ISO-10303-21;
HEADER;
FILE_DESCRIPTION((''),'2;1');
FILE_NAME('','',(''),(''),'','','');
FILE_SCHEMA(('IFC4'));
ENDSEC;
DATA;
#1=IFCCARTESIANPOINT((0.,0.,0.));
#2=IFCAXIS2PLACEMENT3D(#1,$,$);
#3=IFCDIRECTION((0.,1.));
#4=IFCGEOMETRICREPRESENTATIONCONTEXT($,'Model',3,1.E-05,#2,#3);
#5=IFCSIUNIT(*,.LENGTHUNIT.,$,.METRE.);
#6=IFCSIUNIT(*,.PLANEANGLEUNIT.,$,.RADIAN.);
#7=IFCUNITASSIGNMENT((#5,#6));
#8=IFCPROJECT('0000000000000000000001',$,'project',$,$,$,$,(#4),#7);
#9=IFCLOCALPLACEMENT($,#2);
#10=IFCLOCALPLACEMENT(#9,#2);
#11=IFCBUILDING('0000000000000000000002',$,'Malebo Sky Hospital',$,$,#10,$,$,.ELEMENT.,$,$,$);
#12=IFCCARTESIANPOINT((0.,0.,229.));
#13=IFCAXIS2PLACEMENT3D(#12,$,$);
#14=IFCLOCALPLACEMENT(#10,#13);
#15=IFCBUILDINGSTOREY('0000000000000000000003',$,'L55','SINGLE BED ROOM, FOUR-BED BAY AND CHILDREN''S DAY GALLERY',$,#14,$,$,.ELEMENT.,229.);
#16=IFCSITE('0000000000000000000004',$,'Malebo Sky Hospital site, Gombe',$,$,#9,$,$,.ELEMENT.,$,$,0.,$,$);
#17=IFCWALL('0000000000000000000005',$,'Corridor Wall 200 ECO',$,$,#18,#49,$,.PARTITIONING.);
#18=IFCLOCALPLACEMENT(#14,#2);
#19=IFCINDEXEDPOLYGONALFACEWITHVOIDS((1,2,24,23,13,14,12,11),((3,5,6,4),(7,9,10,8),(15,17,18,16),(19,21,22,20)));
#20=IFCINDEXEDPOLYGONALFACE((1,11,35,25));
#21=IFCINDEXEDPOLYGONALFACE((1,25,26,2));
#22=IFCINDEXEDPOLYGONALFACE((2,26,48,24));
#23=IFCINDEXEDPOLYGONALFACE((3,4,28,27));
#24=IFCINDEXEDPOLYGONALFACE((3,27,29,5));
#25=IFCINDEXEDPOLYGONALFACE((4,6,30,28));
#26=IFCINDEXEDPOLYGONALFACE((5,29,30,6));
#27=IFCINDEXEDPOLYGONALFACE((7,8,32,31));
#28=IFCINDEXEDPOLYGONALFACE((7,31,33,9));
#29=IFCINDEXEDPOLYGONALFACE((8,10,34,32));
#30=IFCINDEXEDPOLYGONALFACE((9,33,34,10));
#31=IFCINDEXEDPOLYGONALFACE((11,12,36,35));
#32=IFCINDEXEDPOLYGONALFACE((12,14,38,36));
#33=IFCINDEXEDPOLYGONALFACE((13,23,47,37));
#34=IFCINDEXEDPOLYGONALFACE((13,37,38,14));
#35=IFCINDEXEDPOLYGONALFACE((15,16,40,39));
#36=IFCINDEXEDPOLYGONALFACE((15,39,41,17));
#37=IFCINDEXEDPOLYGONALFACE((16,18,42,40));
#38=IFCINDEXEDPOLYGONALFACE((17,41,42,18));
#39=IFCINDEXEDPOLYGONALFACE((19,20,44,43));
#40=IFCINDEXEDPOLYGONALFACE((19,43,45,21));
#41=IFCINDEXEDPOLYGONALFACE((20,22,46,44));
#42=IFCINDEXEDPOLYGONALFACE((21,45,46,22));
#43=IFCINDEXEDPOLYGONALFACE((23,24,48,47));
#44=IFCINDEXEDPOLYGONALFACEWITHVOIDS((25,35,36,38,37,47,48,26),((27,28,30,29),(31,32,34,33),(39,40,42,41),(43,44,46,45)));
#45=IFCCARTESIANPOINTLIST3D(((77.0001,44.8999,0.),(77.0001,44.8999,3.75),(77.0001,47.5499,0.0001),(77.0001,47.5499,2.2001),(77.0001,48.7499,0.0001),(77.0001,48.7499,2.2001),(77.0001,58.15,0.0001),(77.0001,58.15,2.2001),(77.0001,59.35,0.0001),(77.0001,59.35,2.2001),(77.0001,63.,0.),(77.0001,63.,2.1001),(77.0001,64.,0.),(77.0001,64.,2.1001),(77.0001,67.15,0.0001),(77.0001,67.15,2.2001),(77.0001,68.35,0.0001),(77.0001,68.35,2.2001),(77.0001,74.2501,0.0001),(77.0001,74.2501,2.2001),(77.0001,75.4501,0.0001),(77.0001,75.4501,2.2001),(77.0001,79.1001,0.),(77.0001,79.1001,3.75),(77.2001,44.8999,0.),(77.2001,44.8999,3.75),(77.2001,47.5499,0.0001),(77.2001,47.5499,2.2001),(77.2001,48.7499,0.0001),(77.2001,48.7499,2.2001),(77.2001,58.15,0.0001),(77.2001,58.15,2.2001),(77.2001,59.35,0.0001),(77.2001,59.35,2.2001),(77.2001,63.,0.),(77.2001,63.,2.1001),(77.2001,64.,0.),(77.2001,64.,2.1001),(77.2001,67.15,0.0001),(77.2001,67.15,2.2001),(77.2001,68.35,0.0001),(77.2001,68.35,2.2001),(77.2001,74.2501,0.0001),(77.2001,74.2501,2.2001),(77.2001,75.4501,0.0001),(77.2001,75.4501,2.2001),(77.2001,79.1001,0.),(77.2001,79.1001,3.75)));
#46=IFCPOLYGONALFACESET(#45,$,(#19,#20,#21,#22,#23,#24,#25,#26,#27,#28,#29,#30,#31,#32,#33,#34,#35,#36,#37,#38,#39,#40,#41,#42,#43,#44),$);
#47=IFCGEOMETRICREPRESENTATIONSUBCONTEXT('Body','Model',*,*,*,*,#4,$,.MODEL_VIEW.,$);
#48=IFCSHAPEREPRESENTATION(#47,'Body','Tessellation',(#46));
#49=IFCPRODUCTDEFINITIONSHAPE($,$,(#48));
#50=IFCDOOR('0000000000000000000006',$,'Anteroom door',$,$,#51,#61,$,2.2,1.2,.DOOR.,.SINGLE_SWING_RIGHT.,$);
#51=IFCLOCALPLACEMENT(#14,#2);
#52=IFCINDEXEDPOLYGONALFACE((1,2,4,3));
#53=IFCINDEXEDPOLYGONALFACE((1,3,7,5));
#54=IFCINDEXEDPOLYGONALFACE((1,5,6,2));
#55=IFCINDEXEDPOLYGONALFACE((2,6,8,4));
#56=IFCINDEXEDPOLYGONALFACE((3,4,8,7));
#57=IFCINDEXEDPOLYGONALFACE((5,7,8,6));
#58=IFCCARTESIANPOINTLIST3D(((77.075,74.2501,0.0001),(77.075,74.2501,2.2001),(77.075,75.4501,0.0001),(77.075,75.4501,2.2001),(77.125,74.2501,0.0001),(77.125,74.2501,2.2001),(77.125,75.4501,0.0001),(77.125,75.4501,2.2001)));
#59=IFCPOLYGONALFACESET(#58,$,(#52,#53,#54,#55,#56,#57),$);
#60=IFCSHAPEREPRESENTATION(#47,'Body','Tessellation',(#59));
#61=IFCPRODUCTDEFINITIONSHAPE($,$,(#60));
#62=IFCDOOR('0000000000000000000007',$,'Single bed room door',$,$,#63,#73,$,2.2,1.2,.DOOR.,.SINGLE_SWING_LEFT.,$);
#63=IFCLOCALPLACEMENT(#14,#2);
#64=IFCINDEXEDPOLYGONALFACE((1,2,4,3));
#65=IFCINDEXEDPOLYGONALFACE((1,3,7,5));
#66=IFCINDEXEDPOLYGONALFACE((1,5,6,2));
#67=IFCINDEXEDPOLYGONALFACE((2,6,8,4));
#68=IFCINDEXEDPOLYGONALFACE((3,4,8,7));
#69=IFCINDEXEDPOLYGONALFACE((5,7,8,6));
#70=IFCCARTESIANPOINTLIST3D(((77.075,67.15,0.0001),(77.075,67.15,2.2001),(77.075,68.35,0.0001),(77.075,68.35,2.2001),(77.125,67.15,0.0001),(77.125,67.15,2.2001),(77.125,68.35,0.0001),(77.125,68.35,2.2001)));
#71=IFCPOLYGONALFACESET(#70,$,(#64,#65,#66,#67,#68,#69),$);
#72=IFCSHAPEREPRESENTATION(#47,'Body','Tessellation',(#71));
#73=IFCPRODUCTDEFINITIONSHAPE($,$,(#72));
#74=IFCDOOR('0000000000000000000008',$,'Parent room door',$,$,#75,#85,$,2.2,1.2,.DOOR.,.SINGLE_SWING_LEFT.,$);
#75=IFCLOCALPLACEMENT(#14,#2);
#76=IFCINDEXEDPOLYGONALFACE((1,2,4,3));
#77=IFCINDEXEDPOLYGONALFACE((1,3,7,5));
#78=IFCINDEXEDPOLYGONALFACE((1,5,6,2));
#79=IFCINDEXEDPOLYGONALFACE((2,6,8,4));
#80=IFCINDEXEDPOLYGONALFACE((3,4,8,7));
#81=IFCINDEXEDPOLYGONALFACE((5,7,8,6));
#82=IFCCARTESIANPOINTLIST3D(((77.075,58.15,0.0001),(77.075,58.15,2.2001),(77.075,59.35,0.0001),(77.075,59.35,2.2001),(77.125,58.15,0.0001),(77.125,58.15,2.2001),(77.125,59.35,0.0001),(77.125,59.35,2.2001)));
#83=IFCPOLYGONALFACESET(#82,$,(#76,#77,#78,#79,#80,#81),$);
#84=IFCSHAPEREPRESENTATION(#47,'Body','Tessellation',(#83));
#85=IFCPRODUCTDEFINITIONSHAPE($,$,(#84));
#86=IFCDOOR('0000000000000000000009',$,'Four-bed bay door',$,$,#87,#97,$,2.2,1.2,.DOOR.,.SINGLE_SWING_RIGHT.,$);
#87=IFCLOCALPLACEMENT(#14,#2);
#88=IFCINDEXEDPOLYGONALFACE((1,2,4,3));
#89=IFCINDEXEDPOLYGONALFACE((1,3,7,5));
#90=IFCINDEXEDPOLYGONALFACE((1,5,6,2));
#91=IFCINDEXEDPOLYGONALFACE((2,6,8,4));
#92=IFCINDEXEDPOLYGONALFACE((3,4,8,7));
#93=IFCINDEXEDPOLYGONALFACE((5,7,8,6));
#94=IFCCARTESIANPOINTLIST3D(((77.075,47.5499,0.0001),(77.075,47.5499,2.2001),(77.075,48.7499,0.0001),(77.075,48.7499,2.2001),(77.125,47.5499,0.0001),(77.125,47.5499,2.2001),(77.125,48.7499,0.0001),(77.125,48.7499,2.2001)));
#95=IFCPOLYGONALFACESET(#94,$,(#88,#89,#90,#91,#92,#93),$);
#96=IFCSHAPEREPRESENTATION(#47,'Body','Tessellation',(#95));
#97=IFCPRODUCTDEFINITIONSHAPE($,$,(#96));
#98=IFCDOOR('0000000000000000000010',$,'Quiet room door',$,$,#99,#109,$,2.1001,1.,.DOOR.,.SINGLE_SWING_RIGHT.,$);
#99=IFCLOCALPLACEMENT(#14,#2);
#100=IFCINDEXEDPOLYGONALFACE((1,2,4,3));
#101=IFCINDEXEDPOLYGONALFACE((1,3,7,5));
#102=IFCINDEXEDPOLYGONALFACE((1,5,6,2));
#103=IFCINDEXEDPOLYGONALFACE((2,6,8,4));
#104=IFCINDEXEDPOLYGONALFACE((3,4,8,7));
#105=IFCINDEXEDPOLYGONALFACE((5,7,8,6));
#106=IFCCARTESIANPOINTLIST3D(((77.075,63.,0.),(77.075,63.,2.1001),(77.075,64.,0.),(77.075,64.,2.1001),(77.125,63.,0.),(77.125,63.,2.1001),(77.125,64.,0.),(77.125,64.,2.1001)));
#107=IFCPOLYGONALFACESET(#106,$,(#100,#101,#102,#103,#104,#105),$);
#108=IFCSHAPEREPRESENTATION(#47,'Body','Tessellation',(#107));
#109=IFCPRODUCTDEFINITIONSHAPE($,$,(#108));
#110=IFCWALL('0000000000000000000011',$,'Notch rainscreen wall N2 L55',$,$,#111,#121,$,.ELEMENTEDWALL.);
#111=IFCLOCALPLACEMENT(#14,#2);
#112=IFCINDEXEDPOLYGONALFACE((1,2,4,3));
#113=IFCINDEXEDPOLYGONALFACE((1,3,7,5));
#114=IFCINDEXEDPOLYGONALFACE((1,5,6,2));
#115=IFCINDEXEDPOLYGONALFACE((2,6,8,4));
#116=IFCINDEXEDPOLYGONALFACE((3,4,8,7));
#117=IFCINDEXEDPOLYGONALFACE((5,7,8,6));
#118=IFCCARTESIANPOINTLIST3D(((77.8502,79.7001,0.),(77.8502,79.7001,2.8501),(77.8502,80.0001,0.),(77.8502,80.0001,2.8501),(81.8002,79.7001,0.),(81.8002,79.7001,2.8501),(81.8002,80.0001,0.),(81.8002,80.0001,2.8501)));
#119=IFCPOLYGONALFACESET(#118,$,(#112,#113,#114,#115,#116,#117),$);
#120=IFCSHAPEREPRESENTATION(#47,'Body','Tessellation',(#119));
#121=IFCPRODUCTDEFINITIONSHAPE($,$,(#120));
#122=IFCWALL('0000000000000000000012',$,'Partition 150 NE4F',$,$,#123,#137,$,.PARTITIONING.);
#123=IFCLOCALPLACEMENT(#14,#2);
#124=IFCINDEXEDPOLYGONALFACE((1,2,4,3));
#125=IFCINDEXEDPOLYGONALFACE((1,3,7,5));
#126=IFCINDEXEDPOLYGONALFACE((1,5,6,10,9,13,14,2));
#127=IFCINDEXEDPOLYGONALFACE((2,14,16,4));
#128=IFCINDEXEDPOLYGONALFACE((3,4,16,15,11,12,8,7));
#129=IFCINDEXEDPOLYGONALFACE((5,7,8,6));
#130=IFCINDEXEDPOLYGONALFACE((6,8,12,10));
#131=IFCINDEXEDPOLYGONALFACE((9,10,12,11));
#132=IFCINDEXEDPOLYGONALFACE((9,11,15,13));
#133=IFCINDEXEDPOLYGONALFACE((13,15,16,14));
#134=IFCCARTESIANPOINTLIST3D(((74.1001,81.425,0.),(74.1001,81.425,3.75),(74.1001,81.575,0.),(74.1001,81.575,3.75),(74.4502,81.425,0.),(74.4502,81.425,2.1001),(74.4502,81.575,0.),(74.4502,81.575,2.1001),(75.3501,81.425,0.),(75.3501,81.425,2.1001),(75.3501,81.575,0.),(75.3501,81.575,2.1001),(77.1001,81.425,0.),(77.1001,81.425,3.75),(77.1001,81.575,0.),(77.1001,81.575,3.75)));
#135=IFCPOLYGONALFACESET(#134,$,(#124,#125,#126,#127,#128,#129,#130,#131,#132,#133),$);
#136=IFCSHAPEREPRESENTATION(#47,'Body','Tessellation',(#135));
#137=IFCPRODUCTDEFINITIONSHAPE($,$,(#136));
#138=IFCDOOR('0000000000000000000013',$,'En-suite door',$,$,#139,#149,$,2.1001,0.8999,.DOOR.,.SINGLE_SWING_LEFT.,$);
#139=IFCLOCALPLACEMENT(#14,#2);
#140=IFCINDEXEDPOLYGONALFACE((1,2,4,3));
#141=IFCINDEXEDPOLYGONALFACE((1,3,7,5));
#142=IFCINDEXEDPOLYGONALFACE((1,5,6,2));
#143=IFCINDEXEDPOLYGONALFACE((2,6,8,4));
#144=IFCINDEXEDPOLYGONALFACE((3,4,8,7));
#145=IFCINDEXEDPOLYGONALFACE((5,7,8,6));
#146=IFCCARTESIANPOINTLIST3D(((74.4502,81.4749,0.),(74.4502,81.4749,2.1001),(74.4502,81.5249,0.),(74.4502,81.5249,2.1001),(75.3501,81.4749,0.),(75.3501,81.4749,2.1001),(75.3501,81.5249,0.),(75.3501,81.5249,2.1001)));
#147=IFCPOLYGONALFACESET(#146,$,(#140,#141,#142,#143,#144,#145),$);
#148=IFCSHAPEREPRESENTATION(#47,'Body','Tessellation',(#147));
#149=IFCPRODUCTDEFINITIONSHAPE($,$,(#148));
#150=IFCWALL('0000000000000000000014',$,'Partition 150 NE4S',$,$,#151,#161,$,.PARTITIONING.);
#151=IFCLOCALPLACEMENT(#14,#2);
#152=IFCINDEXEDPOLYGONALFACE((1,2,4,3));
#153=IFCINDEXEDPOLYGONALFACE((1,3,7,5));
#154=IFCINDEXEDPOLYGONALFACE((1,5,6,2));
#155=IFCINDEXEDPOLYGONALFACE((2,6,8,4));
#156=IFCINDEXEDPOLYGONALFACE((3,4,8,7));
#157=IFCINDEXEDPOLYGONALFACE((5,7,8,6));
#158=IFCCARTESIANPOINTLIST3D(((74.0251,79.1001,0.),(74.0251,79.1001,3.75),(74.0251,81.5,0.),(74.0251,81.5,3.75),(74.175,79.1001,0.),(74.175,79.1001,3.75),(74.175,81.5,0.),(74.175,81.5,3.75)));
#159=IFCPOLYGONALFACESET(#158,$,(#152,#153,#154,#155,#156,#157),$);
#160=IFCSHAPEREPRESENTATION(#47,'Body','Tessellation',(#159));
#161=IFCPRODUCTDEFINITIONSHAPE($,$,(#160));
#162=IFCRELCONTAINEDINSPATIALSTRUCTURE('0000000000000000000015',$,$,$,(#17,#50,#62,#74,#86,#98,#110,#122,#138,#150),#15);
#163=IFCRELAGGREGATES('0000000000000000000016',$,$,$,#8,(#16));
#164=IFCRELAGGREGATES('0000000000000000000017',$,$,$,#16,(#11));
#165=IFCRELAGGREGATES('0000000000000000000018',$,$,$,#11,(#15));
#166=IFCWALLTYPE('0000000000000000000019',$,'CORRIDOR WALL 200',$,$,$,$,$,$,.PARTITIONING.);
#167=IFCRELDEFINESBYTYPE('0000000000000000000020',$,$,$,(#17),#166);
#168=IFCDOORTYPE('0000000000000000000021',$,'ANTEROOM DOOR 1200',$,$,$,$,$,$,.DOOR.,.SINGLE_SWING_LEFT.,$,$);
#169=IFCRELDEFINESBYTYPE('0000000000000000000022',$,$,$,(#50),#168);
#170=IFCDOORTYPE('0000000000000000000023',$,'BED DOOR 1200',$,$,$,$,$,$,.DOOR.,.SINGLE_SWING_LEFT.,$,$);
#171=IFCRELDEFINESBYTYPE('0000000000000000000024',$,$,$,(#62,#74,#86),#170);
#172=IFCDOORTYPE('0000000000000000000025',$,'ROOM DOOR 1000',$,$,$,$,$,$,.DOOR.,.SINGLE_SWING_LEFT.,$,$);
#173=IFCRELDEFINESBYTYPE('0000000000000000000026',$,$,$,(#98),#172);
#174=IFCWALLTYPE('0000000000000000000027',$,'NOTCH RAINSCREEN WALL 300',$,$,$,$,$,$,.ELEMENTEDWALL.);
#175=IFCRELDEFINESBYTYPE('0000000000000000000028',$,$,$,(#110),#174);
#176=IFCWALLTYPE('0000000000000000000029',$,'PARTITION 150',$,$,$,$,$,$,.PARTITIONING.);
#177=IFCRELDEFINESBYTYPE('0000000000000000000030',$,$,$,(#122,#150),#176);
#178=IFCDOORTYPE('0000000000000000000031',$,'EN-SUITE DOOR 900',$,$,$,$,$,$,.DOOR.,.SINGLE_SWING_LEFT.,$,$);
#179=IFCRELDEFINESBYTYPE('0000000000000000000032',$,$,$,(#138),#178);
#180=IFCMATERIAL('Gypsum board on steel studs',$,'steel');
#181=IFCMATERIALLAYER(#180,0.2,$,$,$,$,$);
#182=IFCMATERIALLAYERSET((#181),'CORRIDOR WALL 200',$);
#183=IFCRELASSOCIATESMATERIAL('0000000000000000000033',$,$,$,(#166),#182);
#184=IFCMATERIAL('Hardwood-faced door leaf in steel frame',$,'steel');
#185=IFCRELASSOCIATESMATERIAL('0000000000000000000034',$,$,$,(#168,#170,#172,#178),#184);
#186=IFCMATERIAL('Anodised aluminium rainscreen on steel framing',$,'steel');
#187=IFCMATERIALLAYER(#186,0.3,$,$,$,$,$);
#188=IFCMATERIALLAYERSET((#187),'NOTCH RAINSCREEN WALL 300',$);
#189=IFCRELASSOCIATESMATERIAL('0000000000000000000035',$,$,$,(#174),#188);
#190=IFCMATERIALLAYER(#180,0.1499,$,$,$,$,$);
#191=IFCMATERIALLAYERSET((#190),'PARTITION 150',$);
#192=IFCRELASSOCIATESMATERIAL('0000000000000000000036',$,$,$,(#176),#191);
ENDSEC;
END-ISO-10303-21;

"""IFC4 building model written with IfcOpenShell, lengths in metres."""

from ifc_helpers import new_model, si_unit, direction, frame, frame_2d, origin, place, context, subcontext, project, spatial, rectangle, extrude, material, layer, layer_set, type_object, element, fill, save


model = new_model("IFC4")

# Units and contexts
model_context = context("Model", 3, precision=1e-05, world=origin(), true_north=direction((0.0, 1.0)))
body_context = subcontext(model_context, "Body", "Model", "MODEL_VIEW")
ifc_project = project(units=[si_unit("LENGTHUNIT", "METRE"), si_unit("PLANEANGLEUNIT", "RADIAN")], contexts=[model_context])

# Site, building, storey
site_placement = place(None, origin())
site = spatial("IfcSite", under=ifc_project, at=site_placement, Name="Malebo Sky Hospital site, Gombe", CompositionType="ELEMENT", RefElevation=0.0)
building_placement = place(site_placement, origin())
building = spatial("IfcBuilding", under=site, at=building_placement, Name="Malebo Sky Hospital", CompositionType="ELEMENT")
storey_placement = place(building_placement, frame((0.0, 0.0, 229.0)))
storey = spatial("IfcBuildingStorey", under=building, at=storey_placement, Name="L55", Description="SINGLE BED ROOM, FOUR-BED BAY AND CHILDREN'S DAY GALLERY", CompositionType="ELEMENT", Elevation=229.0)

# Wall, openings, doors
ifc_material_1 = material(Name="Gypsum board on steel studs", Category="steel")
ifc_layer_1 = layer(ifc_material_1, 0.2)
ifc_layer_set_1 = layer_set([ifc_layer_1], Name="CORRIDOR WALL 200")
wall_type_1 = type_object("IfcWallType", Name="CORRIDOR WALL 200", PredefinedType="PARTITIONING", material=ifc_layer_set_1)
wall_1_placement = place(storey_placement, frame((77.1001, 79.1001, 0.0), z_axis=(0.0, 0.0, 1.0), x_axis=(0.0, -1.0, 0.0)))
wall_1 = element("IfcWall", 1, at=wall_1_placement, inside=storey, type_object=wall_type_1, Name="Corridor Wall 200 ECO", PredefinedType="PARTITIONING", context=body_context, shape_type="SweptSolid", body=[
    extrude(rectangle(XDim=34.2002, YDim=0.2, at=frame_2d((17.1001, 0.0))), origin(), (0.0, 0.0, 1.0), 3.75),
])
opening_1_placement = place(wall_1_placement, frame((3.6499, 0.0, 0.0)))
opening_1 = element("IfcOpeningElement", 2, at=opening_1_placement, cuts=wall_1, PredefinedType="OPENING", context=body_context, shape_type="SweptSolid", body=[
    extrude(rectangle(XDim=1.2, YDim=2.2, at=frame_2d((0.6001, 1.1001))), frame((0.0, 0.1099, 0.0), z_axis=(0.0, -1.0, 0.0), x_axis=(1.0, 0.0, 0.0)), (0.0, 0.0, 1.0), 0.22),
])
opening_2_placement = place(wall_1_placement, frame((10.75, 0.0, 0.0)))
opening_2 = element("IfcOpeningElement", 3, at=opening_2_placement, cuts=wall_1, PredefinedType="OPENING", context=body_context, shape_type="SweptSolid", body=[
    extrude(rectangle(XDim=1.2, YDim=2.2, at=frame_2d((0.6001, 1.1001))), frame((0.0, 0.1099, 0.0), z_axis=(0.0, -1.0, 0.0), x_axis=(1.0, 0.0, 0.0)), (0.0, 0.0, 1.0), 0.22),
])
opening_3_placement = place(wall_1_placement, frame((15.1001, 0.0, 0.0)))
opening_3 = element("IfcOpeningElement", 4, at=opening_3_placement, cuts=wall_1, PredefinedType="OPENING", context=body_context, shape_type="SweptSolid", body=[
    extrude(rectangle(XDim=1.0, YDim=2.1001, at=frame_2d((0.5, 1.05))), frame((0.0, 0.1099, 0.0), z_axis=(0.0, -1.0, 0.0), x_axis=(1.0, 0.0, 0.0)), (0.0, 0.0, 1.0), 0.22),
])
opening_4_placement = place(wall_1_placement, frame((19.75, 0.0, 0.0)))
opening_4 = element("IfcOpeningElement", 5, at=opening_4_placement, cuts=wall_1, PredefinedType="OPENING", context=body_context, shape_type="SweptSolid", body=[
    extrude(rectangle(XDim=1.2, YDim=2.2, at=frame_2d((0.6001, 1.1001))), frame((0.0, 0.1099, 0.0), z_axis=(0.0, -1.0, 0.0), x_axis=(1.0, 0.0, 0.0)), (0.0, 0.0, 1.0), 0.22),
])
opening_5_placement = place(wall_1_placement, frame((30.3501, 0.0, 0.0)))
opening_5 = element("IfcOpeningElement", 6, at=opening_5_placement, cuts=wall_1, PredefinedType="OPENING", context=body_context, shape_type="SweptSolid", body=[
    extrude(rectangle(XDim=1.2, YDim=2.2, at=frame_2d((0.6001, 1.1001))), frame((0.0, 0.1099, 0.0), z_axis=(0.0, -1.0, 0.0), x_axis=(1.0, 0.0, 0.0)), (0.0, 0.0, 1.0), 0.22),
])
ifc_material_2 = material(Name="Hardwood-faced door leaf in steel frame", Category="steel")
door_type_1 = type_object("IfcDoorType", Name="ANTEROOM DOOR 1200", OperationType="SINGLE_SWING_LEFT", PredefinedType="DOOR", material=ifc_material_2)
door_1_placement = place(opening_1_placement, origin())
door_1 = element("IfcDoor", 7, at=door_1_placement, inside=storey, type_object=door_type_1, Name="Anteroom door", OperationType="SINGLE_SWING_RIGHT", OverallHeight=2.2, OverallWidth=1.2, PredefinedType="DOOR", context=body_context, shape_type="SweptSolid", body=[
    extrude(rectangle(XDim=1.2, YDim=2.2, at=frame_2d((0.6001, 1.1001))), frame((0.0, 0.0249, 0.0), z_axis=(0.0, -1.0, 0.0), x_axis=(1.0, 0.0, 0.0)), (0.0, 0.0, 1.0), 0.05),
])
fill(opening_1, door_1)
door_type_2 = type_object("IfcDoorType", Name="BED DOOR 1200", OperationType="SINGLE_SWING_LEFT", PredefinedType="DOOR", material=ifc_material_2)
door_2_placement = place(opening_2_placement, origin())
door_2 = element("IfcDoor", 8, at=door_2_placement, inside=storey, type_object=door_type_2, Name="Single bed room door", OperationType="SINGLE_SWING_LEFT", OverallHeight=2.2, OverallWidth=1.2, PredefinedType="DOOR", context=body_context, shape_type="SweptSolid", body=[
    extrude(rectangle(XDim=1.2, YDim=2.2, at=frame_2d((0.6001, 1.1001))), frame((0.0, 0.0249, 0.0), z_axis=(0.0, -1.0, 0.0), x_axis=(1.0, 0.0, 0.0)), (0.0, 0.0, 1.0), 0.05),
])
fill(opening_2, door_2)
door_3_placement = place(opening_4_placement, origin())
door_3 = element("IfcDoor", 9, at=door_3_placement, inside=storey, type_object=door_type_2, Name="Parent room door", OperationType="SINGLE_SWING_LEFT", OverallHeight=2.2, OverallWidth=1.2, PredefinedType="DOOR", context=body_context, shape_type="SweptSolid", body=[
    extrude(rectangle(XDim=1.2, YDim=2.2, at=frame_2d((0.6001, 1.1001))), frame((0.0, 0.0249, 0.0), z_axis=(0.0, -1.0, 0.0), x_axis=(1.0, 0.0, 0.0)), (0.0, 0.0, 1.0), 0.05),
])
fill(opening_4, door_3)
door_4_placement = place(opening_5_placement, origin())
door_4 = element("IfcDoor", 10, at=door_4_placement, inside=storey, type_object=door_type_2, Name="Four-bed bay door", OperationType="SINGLE_SWING_RIGHT", OverallHeight=2.2, OverallWidth=1.2, PredefinedType="DOOR", context=body_context, shape_type="SweptSolid", body=[
    extrude(rectangle(XDim=1.2, YDim=2.2, at=frame_2d((0.6001, 1.1001))), frame((0.0, 0.0249, 0.0), z_axis=(0.0, -1.0, 0.0), x_axis=(1.0, 0.0, 0.0)), (0.0, 0.0, 1.0), 0.05),
])
fill(opening_5, door_4)
door_type_3 = type_object("IfcDoorType", Name="ROOM DOOR 1000", OperationType="SINGLE_SWING_LEFT", PredefinedType="DOOR", material=ifc_material_2)
door_5_placement = place(opening_3_placement, origin())
door_5 = element("IfcDoor", 11, at=door_5_placement, inside=storey, type_object=door_type_3, Name="Quiet room door", OperationType="SINGLE_SWING_RIGHT", OverallHeight=2.1001, OverallWidth=1.0, PredefinedType="DOOR", context=body_context, shape_type="SweptSolid", body=[
    extrude(rectangle(XDim=1.0, YDim=2.1001, at=frame_2d((0.5, 1.05))), frame((0.0, 0.0249, 0.0), z_axis=(0.0, -1.0, 0.0), x_axis=(1.0, 0.0, 0.0)), (0.0, 0.0, 1.0), 0.05),
])
fill(opening_3, door_5)

# Wall
ifc_material_3 = material(Name="Anodised aluminium rainscreen on steel framing", Category="steel")
ifc_layer_2 = layer(ifc_material_3, 0.3)
ifc_layer_set_2 = layer_set([ifc_layer_2], Name="NOTCH RAINSCREEN WALL 300")
wall_type_2 = type_object("IfcWallType", Name="NOTCH RAINSCREEN WALL 300", PredefinedType="ELEMENTEDWALL", material=ifc_layer_set_2)
wall_2_placement = place(storey_placement, frame((77.8501, 79.8501, 0.0), z_axis=(0.0, 0.0, 1.0), x_axis=(1.0, 0.0, 0.0)))
element("IfcWall", 12, at=wall_2_placement, inside=storey, type_object=wall_type_2, Name="Notch rainscreen wall N2 L55", PredefinedType="ELEMENTEDWALL", context=body_context, shape_type="SweptSolid", body=[
    extrude(rectangle(XDim=3.95, YDim=0.3, at=frame_2d((1.9751, 0.0))), origin(), (0.0, 0.0, 1.0), 2.8501),
])

# Wall, opening, door
ifc_layer_3 = layer(ifc_material_1, 0.1499)
ifc_layer_set_3 = layer_set([ifc_layer_3], Name="PARTITION 150")
wall_type_3 = type_object("IfcWallType", Name="PARTITION 150", PredefinedType="PARTITIONING", material=ifc_layer_set_3)
wall_3_placement = place(storey_placement, frame((74.1001, 81.5, 0.0), z_axis=(0.0, 0.0, 1.0), x_axis=(1.0, 0.0, 0.0)))
wall_3 = element("IfcWall", 13, at=wall_3_placement, inside=storey, type_object=wall_type_3, Name="Partition 150 NE4F", PredefinedType="PARTITIONING", context=body_context, shape_type="SweptSolid", body=[
    extrude(rectangle(XDim=3.0, YDim=0.1499, at=frame_2d((1.5, 0.0))), origin(), (0.0, 0.0, 1.0), 3.75),
])
opening_6_placement = place(wall_3_placement, frame((0.3501, 0.0, 0.0)))
opening_6 = element("IfcOpeningElement", 14, at=opening_6_placement, cuts=wall_3, PredefinedType="OPENING", context=body_context, shape_type="SweptSolid", body=[
    extrude(rectangle(XDim=0.8999, YDim=2.1001, at=frame_2d((0.45, 1.05))), frame((0.0, 0.085, 0.0), z_axis=(0.0, -1.0, 0.0), x_axis=(1.0, 0.0, 0.0)), (0.0, 0.0, 1.0), 0.1699),
])
door_type_4 = type_object("IfcDoorType", Name="EN-SUITE DOOR 900", OperationType="SINGLE_SWING_LEFT", PredefinedType="DOOR", material=ifc_material_2)
door_6_placement = place(opening_6_placement, origin())
door_6 = element("IfcDoor", 15, at=door_6_placement, inside=storey, type_object=door_type_4, Name="En-suite door", OperationType="SINGLE_SWING_LEFT", OverallHeight=2.1001, OverallWidth=0.8999, PredefinedType="DOOR", context=body_context, shape_type="SweptSolid", body=[
    extrude(rectangle(XDim=0.8999, YDim=2.1001, at=frame_2d((0.45, 1.05))), frame((0.0, 0.0249, 0.0), z_axis=(0.0, -1.0, 0.0), x_axis=(1.0, 0.0, 0.0)), (0.0, 0.0, 1.0), 0.05),
])
fill(opening_6, door_6)

# Wall
for number, where, z_axis, x_axis, name in (
    (16, (74.1001, 79.1001, 0.0), (0.0, 0.0, 1.0), (0.0, 1.0, 0.0), "Partition 150 NE4S"),
):
    element("IfcWall", number, at=place(storey_placement, frame(where, z_axis=z_axis, x_axis=x_axis)), inside=storey, type_object=wall_type_3, Name=name, PredefinedType="PARTITIONING", context=body_context, shape_type="SweptSolid", body=[
        extrude(rectangle(XDim=2.3999, YDim=0.1499, at=frame_2d((1.2, 0.0))), origin(), (0.0, 0.0, 1.0), 3.75),
    ])

save(model, "model.ifc")
